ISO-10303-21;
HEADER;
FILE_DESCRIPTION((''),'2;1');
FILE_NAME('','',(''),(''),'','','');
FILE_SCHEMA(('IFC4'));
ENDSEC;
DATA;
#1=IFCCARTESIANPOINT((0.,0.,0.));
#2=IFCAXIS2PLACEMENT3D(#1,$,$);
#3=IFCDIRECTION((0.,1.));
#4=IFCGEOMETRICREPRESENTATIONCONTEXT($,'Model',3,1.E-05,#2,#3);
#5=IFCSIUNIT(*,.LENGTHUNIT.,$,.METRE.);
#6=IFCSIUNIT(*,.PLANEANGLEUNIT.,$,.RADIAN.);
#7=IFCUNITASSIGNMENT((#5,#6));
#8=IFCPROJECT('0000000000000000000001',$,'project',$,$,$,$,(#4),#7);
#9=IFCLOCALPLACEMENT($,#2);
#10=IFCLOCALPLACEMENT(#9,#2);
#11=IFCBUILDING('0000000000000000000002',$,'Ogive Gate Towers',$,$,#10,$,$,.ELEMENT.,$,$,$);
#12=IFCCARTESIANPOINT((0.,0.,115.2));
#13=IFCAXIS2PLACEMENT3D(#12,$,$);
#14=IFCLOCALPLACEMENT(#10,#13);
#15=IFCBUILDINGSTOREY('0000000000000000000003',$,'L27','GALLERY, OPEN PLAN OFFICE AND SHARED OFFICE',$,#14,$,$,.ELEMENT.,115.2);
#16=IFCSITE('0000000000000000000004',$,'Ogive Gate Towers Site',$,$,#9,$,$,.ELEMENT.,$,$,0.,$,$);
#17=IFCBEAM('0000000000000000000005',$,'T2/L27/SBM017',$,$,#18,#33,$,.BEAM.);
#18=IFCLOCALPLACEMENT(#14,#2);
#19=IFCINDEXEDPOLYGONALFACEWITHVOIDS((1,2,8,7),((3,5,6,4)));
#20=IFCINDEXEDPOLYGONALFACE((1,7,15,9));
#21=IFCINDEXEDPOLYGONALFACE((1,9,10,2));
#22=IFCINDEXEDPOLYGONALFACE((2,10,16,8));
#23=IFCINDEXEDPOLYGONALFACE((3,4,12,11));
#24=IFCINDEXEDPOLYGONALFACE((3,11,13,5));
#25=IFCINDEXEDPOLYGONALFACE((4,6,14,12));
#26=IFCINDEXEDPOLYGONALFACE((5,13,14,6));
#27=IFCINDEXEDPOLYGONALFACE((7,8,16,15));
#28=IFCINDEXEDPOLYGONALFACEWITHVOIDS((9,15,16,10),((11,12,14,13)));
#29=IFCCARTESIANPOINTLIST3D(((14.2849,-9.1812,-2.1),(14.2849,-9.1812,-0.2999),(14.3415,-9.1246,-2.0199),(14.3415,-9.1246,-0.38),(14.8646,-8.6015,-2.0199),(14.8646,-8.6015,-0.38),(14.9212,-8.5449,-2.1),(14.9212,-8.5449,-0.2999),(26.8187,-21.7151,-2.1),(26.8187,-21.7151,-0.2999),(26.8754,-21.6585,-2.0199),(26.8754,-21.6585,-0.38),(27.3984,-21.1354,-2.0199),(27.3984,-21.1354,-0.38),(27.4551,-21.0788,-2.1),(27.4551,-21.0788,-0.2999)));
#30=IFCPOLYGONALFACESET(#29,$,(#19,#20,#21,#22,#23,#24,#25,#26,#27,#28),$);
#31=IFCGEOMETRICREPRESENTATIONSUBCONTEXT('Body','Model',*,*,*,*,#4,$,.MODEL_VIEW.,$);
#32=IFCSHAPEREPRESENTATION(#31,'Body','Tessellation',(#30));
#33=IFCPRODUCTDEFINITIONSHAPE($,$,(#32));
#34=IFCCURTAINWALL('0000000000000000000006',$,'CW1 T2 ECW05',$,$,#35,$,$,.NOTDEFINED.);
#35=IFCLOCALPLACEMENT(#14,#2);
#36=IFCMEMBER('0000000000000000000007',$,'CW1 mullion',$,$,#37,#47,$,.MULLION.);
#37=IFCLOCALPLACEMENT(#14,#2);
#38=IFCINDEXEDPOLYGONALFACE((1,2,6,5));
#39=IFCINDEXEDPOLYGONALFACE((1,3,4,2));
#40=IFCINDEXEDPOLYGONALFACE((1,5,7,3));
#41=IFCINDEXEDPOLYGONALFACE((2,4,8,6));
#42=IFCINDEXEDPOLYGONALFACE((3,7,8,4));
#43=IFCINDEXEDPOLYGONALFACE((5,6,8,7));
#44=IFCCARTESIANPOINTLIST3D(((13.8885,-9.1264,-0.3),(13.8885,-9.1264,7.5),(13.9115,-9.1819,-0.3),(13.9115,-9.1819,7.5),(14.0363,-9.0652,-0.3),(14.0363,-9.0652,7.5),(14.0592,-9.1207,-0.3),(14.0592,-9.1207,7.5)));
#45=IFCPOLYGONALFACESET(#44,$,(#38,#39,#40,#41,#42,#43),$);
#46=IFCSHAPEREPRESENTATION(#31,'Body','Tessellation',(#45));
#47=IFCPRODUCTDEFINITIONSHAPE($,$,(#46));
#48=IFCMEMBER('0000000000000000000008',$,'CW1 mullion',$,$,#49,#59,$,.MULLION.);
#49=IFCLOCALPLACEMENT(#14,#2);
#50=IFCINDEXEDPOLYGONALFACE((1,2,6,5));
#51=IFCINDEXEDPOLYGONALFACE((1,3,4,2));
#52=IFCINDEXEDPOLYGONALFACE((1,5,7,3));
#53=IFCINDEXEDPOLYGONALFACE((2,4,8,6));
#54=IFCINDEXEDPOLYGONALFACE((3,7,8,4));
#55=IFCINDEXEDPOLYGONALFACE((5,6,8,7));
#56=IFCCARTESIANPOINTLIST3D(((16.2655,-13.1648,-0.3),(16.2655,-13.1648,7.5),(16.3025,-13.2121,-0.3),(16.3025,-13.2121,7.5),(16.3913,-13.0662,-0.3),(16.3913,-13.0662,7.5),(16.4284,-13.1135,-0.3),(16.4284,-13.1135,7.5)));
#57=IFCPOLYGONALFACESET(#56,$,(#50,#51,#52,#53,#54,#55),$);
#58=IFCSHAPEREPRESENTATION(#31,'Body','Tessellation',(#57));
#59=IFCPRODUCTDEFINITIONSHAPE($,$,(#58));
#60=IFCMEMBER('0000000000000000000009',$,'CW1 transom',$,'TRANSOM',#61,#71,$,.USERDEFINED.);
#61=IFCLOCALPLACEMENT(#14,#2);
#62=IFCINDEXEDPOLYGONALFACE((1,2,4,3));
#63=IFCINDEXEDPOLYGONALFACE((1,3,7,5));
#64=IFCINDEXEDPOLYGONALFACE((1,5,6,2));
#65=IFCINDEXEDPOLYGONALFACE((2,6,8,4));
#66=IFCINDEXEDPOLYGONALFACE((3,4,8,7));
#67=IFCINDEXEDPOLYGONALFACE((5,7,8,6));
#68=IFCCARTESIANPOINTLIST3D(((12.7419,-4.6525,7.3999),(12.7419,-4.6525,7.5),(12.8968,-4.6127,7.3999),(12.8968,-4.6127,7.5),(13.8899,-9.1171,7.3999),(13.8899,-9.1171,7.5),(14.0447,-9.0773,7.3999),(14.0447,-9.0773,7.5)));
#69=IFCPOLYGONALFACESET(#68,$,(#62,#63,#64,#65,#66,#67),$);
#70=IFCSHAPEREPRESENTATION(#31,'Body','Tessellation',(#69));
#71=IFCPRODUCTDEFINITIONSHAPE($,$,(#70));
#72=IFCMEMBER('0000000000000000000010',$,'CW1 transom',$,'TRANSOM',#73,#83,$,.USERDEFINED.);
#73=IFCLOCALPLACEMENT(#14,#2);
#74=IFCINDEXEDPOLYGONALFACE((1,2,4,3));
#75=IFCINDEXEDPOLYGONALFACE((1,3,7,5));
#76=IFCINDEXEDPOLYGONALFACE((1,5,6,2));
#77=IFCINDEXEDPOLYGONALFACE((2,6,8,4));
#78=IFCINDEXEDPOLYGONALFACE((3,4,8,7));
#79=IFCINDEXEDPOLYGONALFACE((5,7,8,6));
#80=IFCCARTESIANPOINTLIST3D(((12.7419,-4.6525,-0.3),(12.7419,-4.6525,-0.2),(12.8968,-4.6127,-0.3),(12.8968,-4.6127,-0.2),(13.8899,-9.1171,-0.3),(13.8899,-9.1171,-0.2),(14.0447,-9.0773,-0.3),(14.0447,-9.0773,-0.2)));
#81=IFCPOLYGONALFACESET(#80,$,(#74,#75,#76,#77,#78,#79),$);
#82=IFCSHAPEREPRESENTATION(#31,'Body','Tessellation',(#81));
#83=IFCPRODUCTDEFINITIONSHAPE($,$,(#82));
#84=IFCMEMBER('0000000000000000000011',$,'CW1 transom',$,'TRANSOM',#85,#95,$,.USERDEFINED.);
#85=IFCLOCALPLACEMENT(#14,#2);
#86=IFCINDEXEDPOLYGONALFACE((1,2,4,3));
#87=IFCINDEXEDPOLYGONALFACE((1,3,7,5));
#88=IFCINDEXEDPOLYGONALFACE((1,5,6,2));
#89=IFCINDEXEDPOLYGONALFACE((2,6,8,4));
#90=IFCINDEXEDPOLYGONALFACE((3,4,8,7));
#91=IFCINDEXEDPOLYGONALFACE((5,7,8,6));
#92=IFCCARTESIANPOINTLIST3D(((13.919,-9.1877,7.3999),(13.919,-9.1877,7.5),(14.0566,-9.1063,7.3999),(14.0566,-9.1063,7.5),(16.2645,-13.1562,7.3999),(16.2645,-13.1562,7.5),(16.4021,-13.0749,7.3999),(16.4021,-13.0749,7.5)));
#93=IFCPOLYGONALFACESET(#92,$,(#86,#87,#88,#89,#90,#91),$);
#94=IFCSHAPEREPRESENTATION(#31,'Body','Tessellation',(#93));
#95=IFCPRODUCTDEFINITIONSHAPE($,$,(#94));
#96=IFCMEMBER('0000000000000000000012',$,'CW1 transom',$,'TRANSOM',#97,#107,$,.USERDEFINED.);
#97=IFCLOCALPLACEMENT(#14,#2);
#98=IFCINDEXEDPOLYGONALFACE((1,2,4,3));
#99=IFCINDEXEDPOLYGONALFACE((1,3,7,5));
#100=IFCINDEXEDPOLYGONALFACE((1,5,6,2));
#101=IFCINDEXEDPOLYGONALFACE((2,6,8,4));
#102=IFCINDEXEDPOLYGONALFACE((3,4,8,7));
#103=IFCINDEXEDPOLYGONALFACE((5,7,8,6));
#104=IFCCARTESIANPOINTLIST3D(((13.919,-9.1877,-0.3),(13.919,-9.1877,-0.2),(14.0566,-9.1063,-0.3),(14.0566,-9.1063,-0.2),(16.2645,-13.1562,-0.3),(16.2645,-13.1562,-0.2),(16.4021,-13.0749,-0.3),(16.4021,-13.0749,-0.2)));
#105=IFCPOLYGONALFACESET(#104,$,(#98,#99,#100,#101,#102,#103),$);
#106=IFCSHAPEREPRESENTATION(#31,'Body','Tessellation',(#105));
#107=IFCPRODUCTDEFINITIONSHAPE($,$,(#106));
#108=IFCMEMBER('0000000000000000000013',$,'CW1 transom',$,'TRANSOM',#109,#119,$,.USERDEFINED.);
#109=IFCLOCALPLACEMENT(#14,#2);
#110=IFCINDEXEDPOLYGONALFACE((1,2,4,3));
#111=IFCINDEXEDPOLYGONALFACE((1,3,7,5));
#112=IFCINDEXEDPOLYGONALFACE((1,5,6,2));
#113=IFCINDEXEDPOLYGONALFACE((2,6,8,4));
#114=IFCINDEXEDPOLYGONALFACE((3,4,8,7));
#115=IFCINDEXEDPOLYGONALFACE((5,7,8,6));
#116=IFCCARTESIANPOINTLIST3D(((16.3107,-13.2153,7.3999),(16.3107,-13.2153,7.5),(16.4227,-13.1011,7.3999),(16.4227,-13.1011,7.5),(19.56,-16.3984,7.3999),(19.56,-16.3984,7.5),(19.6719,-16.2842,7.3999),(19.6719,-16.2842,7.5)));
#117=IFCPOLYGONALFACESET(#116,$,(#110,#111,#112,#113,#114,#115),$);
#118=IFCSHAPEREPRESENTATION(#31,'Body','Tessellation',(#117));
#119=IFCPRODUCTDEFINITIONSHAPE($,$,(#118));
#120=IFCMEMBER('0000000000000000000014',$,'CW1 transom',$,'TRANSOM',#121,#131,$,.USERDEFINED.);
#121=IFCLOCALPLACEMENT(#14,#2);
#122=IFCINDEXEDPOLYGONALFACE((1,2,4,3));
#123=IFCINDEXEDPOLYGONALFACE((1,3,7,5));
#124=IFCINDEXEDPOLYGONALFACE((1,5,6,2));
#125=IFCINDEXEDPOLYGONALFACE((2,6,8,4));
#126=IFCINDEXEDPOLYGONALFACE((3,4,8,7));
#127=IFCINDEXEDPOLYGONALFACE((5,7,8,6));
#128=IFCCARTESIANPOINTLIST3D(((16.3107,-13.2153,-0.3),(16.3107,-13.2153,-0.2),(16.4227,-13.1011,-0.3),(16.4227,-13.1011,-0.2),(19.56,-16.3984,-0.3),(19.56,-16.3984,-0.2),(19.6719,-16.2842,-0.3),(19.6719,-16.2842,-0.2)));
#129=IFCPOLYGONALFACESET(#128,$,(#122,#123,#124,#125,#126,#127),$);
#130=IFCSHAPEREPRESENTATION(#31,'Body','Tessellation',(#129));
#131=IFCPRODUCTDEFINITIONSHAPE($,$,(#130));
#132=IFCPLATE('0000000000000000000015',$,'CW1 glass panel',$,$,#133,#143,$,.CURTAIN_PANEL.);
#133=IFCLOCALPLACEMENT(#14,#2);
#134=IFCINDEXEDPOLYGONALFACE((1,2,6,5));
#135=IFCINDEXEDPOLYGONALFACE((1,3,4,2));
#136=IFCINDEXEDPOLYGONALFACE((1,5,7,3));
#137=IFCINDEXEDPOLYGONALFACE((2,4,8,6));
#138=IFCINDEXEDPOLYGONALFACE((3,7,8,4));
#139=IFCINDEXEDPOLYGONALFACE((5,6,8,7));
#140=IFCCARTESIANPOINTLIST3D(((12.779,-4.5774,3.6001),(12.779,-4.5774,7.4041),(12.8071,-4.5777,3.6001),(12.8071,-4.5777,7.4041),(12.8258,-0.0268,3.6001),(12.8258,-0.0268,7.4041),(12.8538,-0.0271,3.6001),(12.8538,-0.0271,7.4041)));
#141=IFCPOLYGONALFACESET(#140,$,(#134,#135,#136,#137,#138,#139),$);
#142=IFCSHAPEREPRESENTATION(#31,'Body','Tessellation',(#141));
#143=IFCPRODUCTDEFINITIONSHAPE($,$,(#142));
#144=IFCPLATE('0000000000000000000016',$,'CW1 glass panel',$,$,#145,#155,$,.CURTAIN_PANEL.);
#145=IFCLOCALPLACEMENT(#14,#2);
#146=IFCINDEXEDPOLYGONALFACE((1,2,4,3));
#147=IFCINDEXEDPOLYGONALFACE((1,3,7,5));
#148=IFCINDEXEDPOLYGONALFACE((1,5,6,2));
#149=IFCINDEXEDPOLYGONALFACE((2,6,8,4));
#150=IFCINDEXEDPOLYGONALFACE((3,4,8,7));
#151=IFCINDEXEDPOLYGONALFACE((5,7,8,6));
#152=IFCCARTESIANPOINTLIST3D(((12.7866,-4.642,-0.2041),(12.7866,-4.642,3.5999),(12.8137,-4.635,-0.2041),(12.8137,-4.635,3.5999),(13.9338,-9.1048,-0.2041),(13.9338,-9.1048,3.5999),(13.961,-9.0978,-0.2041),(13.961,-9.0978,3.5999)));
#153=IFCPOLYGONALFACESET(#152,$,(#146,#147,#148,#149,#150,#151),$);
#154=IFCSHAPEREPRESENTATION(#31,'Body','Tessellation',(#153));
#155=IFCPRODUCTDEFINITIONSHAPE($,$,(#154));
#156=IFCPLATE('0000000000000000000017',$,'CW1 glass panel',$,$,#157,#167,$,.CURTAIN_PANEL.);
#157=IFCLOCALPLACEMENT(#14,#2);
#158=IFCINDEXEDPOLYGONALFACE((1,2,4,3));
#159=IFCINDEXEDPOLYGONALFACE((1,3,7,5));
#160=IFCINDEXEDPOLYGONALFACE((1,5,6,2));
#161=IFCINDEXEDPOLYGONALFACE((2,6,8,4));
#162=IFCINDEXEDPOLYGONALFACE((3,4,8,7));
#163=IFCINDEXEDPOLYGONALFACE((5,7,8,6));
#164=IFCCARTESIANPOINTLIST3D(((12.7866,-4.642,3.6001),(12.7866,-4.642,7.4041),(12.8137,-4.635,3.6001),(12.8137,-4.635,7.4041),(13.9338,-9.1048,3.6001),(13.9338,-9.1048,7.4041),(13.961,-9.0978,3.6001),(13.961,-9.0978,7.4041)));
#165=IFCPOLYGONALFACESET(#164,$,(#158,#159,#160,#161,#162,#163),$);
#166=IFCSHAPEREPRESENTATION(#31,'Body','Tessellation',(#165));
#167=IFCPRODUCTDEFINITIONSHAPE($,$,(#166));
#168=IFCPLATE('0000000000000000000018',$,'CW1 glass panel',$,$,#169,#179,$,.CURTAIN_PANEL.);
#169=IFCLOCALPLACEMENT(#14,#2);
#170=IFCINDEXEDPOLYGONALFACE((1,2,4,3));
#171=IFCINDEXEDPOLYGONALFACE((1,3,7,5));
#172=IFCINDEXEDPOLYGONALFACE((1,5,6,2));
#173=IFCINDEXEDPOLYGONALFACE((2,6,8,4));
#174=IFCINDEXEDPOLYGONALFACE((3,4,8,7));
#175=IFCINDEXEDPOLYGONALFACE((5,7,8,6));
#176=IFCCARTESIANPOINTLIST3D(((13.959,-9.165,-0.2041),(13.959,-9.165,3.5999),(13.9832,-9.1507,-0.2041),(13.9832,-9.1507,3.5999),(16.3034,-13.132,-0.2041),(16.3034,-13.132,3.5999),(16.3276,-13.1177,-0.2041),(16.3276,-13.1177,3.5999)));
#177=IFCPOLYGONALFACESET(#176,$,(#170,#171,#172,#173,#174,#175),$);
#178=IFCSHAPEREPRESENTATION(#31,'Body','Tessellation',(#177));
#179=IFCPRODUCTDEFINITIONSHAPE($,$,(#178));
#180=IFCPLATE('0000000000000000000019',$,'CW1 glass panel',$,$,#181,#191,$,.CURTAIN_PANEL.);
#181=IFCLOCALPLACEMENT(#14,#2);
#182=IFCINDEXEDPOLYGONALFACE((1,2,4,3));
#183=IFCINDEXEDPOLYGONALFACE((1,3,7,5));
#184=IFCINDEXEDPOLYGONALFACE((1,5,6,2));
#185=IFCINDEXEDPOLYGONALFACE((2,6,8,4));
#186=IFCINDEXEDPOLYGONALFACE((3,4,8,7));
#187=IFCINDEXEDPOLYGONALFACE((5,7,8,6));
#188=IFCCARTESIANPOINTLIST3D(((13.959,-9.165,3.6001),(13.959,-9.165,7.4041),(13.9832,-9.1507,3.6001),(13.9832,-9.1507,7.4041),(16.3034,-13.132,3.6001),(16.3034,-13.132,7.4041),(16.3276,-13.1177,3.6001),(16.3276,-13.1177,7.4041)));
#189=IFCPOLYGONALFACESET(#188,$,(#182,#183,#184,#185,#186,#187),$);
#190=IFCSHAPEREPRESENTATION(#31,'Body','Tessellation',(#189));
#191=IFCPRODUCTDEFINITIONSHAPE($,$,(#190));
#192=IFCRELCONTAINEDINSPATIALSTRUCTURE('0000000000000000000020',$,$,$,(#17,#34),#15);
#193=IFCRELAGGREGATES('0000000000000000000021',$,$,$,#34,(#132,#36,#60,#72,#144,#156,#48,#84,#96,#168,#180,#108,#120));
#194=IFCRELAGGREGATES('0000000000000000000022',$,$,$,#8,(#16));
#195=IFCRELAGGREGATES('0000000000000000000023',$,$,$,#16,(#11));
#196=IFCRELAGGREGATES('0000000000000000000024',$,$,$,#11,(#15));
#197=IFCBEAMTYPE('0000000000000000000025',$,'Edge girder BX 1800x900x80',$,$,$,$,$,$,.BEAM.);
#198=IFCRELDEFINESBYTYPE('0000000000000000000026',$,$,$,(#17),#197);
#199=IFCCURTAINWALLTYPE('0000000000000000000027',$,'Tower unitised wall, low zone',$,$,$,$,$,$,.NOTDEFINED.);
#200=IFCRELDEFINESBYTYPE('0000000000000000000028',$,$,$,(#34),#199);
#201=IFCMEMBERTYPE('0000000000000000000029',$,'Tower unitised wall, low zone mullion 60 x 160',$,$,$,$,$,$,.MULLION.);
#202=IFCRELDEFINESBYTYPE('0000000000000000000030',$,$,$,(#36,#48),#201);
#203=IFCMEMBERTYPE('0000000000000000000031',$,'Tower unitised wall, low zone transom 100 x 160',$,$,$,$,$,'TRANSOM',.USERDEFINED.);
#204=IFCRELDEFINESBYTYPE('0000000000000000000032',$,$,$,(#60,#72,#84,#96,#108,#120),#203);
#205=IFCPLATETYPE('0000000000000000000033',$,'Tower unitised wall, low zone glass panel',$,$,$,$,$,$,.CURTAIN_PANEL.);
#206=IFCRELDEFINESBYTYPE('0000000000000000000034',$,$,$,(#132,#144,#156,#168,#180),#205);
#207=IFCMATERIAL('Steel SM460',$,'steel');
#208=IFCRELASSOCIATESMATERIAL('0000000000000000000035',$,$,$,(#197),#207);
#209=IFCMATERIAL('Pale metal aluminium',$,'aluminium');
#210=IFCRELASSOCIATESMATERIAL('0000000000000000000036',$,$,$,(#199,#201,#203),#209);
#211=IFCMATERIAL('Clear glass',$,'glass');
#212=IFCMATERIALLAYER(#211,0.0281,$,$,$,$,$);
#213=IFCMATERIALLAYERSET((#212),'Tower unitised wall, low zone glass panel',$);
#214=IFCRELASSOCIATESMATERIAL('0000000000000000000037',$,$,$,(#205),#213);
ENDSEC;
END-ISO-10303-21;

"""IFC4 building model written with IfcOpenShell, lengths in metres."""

from ifc_helpers import new_model, si_unit, direction, frame, origin, origin_2d, place, context, subcontext, project, spatial, rectangle, hollow_rectangle, extrude, material, layer, layer_set, material_profile, profile_set, type_object, element, aggregate, save


model = new_model("IFC4")

# Units and contexts
model_context = context("Model", 3, precision=1e-05, world=origin(), true_north=direction((0.0, 1.0)))
body_context = subcontext(model_context, "Body", "Model", "MODEL_VIEW")
ifc_project = project(units=[si_unit("LENGTHUNIT", "METRE"), si_unit("PLANEANGLEUNIT", "RADIAN")], contexts=[model_context])

# Site, building, storey
site_placement = place(None, origin())
site = spatial("IfcSite", under=ifc_project, at=site_placement, Name="Ogive Gate Towers Site", CompositionType="ELEMENT", RefElevation=0.0)
building_placement = place(site_placement, origin())
building = spatial("IfcBuilding", under=site, at=building_placement, Name="Ogive Gate Towers", CompositionType="ELEMENT")
storey_placement = place(building_placement, frame((0.0, 0.0, 115.2)))
storey = spatial("IfcBuildingStorey", under=building, at=storey_placement, Name="L27", Description="GALLERY, OPEN PLAN OFFICE AND SHARED OFFICE", CompositionType="ELEMENT", Elevation=115.2)

# Beam
ifc_material_1 = material(Name="Steel SM460", Category="steel")
ifc_material_profile_1 = material_profile(ifc_material_1, hollow_rectangle(XDim=0.8999, YDim=1.8, WallThickness=0.0801, at=origin_2d()), Name="BX 1800x900x80")
ifc_profile_set_1 = profile_set([ifc_material_profile_1], Name="Steel SM460")
beam_type = type_object("IfcBeamType", Name="Edge girder BX 1800x900x80", PredefinedType="BEAM", material=ifc_profile_set_1)
beam_placement = place(storey_placement, frame((14.603, -8.863, -1.2), z_axis=(0.707107, -0.707107, 0.0), x_axis=(0.707107, 0.707107, 0.0)))
element("IfcBeam", 1, at=beam_placement, inside=storey, type_object=beam_type, Name="T2/L27/SBM017", PredefinedType="BEAM", context=body_context, shape_type="SweptSolid", body=[
    extrude(hollow_rectangle(XDim=0.8999, YDim=1.8, WallThickness=0.0801, at=origin_2d()), origin(), (0.0, 0.0, 1.0), 17.7256),
])

# Curtain wall, members, plates
ifc_material_2 = material(Name="Pale metal aluminium", Category="aluminium")
curtain_wall_type = type_object("IfcCurtainWallType", Name="Tower unitised wall, low zone", PredefinedType="NOTDEFINED", material=ifc_material_2)
curtain_wall_placement = place(storey_placement, origin())
curtain_wall = element("IfcCurtainWall", 2, at=curtain_wall_placement, inside=storey, type_object=curtain_wall_type, Name="CW1 T2 ECW05", PredefinedType="NOTDEFINED")
ifc_material_profile_2 = material_profile(ifc_material_2, rectangle(XDim=0.1599, YDim=0.0601, at=origin_2d()), Name="60 x 160 aluminium box")
ifc_profile_set_2 = profile_set([ifc_material_profile_2], Name="Pale metal aluminium")
member_type_1 = type_object("IfcMemberType", Name="Tower unitised wall, low zone mullion 60 x 160", PredefinedType="MULLION", material=ifc_profile_set_2)
member_1_placement = place(storey_placement, frame((13.9739, -9.1235, -0.3), z_axis=(0.0, 0.0, 1.0), x_axis=(-0.92388, -0.382683, 0.0)))
member_1 = element("IfcMember", 3, at=member_1_placement, type_object=member_type_1, Name="CW1 mullion", PredefinedType="MULLION", context=body_context, shape_type="SweptSolid", body=[
    extrude(rectangle(XDim=0.1599, YDim=0.0601, at=origin_2d()), origin(), (0.0, 0.0, 1.0), 7.8),
])
member_2_placement = place(storey_placement, frame((16.3469, -13.1392, -0.3), z_axis=(0.0, 0.0, 1.0), x_axis=(-0.787086, -0.616844, 0.0)))
member_2 = element("IfcMember", 4, at=member_2_placement, type_object=member_type_1, Name="CW1 mullion", PredefinedType="MULLION", context=body_context, shape_type="SweptSolid", body=[
    extrude(rectangle(XDim=0.1599, YDim=0.0601, at=origin_2d()), origin(), (0.0, 0.0, 1.0), 7.8),
])
ifc_material_profile_3 = material_profile(ifc_material_2, rectangle(XDim=0.1599, YDim=0.1001, at=origin_2d()), Name="100 x 160 aluminium box")
ifc_profile_set_3 = profile_set([ifc_material_profile_3], Name="Pale metal aluminium")
member_type_2 = type_object("IfcMemberType", Name="Tower unitised wall, low zone transom 100 x 160", ElementType="TRANSOM", PredefinedType="USERDEFINED", material=ifc_profile_set_3)
member_3_placement = place(storey_placement, frame((12.8193, -4.6326, 7.45), z_axis=(0.249023, -0.968498, 0.0), x_axis=(0.968498, 0.249023, 0.0)))
member_3 = element("IfcMember", 5, at=member_3_placement, type_object=member_type_2, Name="CW1 transom", ObjectType="TRANSOM", PredefinedType="USERDEFINED", context=body_context, shape_type="SweptSolid", body=[
    extrude(rectangle(XDim=0.1599, YDim=0.1001, at=origin_2d()), origin(), (0.0, 0.0, 1.0), 4.6099),
])
member_4_placement = place(storey_placement, frame((12.8193, -4.6326, -0.25), z_axis=(0.249023, -0.968498, 0.0), x_axis=(0.968498, 0.249023, 0.0)))
member_4 = element("IfcMember", 6, at=member_4_placement, type_object=member_type_2, Name="CW1 transom", ObjectType="TRANSOM", PredefinedType="USERDEFINED", context=body_context, shape_type="SweptSolid", body=[
    extrude(rectangle(XDim=0.1599, YDim=0.1001, at=origin_2d()), origin(), (0.0, 0.0, 1.0), 4.6099),
])
member_5_placement = place(storey_placement, frame((13.9878, -9.147, 7.45), z_axis=(0.508799, -0.860885, 0.0), x_axis=(0.860885, 0.508799, 0.0)))
member_5 = element("IfcMember", 7, at=member_5_placement, type_object=member_type_2, Name="CW1 transom", ObjectType="TRANSOM", PredefinedType="USERDEFINED", context=body_context, shape_type="SweptSolid", body=[
    extrude(rectangle(XDim=0.1599, YDim=0.1001, at=origin_2d()), origin(), (0.0, 0.0, 1.0), 4.6099),
])
member_6_placement = place(storey_placement, frame((13.9878, -9.147, -0.25), z_axis=(0.508799, -0.860885, 0.0), x_axis=(0.860885, 0.508799, 0.0)))
member_6 = element("IfcMember", 8, at=member_6_placement, type_object=member_type_2, Name="CW1 transom", ObjectType="TRANSOM", PredefinedType="USERDEFINED", context=body_context, shape_type="SweptSolid", body=[
    extrude(rectangle(XDim=0.1599, YDim=0.1001, at=origin_2d()), origin(), (0.0, 0.0, 1.0), 4.6099),
])
member_7_placement = place(storey_placement, frame((16.3667, -13.1582, 7.45), z_axis=(0.714342, -0.699797, 0.0), x_axis=(0.699797, 0.714342, 0.0)))
member_7 = element("IfcMember", 9, at=member_7_placement, type_object=member_type_2, Name="CW1 transom", ObjectType="TRANSOM", PredefinedType="USERDEFINED", context=body_context, shape_type="SweptSolid", body=[
    extrude(rectangle(XDim=0.1599, YDim=0.1001, at=origin_2d()), origin(), (0.0, 0.0, 1.0), 4.5486),
])
member_8_placement = place(storey_placement, frame((16.3667, -13.1582, -0.25), z_axis=(0.714342, -0.699797, 0.0), x_axis=(0.699797, 0.714342, 0.0)))
member_8 = element("IfcMember", 10, at=member_8_placement, type_object=member_type_2, Name="CW1 transom", ObjectType="TRANSOM", PredefinedType="USERDEFINED", context=body_context, shape_type="SweptSolid", body=[
    extrude(rectangle(XDim=0.1599, YDim=0.1001, at=origin_2d()), origin(), (0.0, 0.0, 1.0), 4.5486),
])
ifc_material_3 = material(Name="Clear glass", Category="glass")
ifc_layer_1 = layer(ifc_material_3, 0.0281)
ifc_layer_set_1 = layer_set([ifc_layer_1], Name="Tower unitised wall, low zone glass panel")
plate_type = type_object("IfcPlateType", Name="Tower unitised wall, low zone glass panel", PredefinedType="CURTAIN_PANEL", material=ifc_layer_set_1)
plate_1_placement = place(storey_placement, frame((12.8164, -2.3022, 3.6001), z_axis=(0.0, 0.0, 1.0), x_axis=(-0.01028, -0.999947, 0.0)))
plate_1 = element("IfcPlate", 11, at=plate_1_placement, type_object=plate_type, Name="CW1 glass panel", PredefinedType="CURTAIN_PANEL", context=body_context, shape_type="SweptSolid", body=[
    extrude(rectangle(XDim=4.5508, YDim=0.0281, at=origin_2d()), origin(), (0.0, 0.0, 1.0), 3.804),
])
plate_2_placement = place(storey_placement, frame((13.3738, -6.8699, -0.2041), z_axis=(0.0, 0.0, 1.0), x_axis=(0.248977, -0.968509, 0.0)))
plate_2 = element("IfcPlate", 12, at=plate_2_placement, type_object=plate_type, Name="CW1 glass panel", PredefinedType="CURTAIN_PANEL", context=body_context, shape_type="SweptSolid", body=[
    extrude(rectangle(XDim=4.6079, YDim=0.0281, at=origin_2d()), origin(), (0.0, 0.0, 1.0), 3.804),
])
plate_3_placement = place(storey_placement, frame((13.3738, -6.8699, 3.6001), z_axis=(0.0, 0.0, 1.0), x_axis=(0.248977, -0.968509, 0.0)))
plate_3 = element("IfcPlate", 13, at=plate_3_placement, type_object=plate_type, Name="CW1 glass panel", PredefinedType="CURTAIN_PANEL", context=body_context, shape_type="SweptSolid", body=[
    extrude(rectangle(XDim=4.6079, YDim=0.0281, at=origin_2d()), origin(), (0.0, 0.0, 1.0), 3.804),
])
plate_4_placement = place(storey_placement, frame((15.1433, -11.1414, -0.2041), z_axis=(0.0, 0.0, 1.0), x_axis=(0.508771, -0.860902, 0.0)))
plate_4 = element("IfcPlate", 14, at=plate_4_placement, type_object=plate_type, Name="CW1 glass panel", PredefinedType="CURTAIN_PANEL", context=body_context, shape_type="SweptSolid", body=[
    extrude(rectangle(XDim=4.6079, YDim=0.0281, at=origin_2d()), origin(), (0.0, 0.0, 1.0), 3.804),
])
plate_5_placement = place(storey_placement, frame((15.1433, -11.1414, 3.6001), z_axis=(0.0, 0.0, 1.0), x_axis=(0.508771, -0.860902, 0.0)))
plate_5 = element("IfcPlate", 15, at=plate_5_placement, type_object=plate_type, Name="CW1 glass panel", PredefinedType="CURTAIN_PANEL", context=body_context, shape_type="SweptSolid", body=[
    extrude(rectangle(XDim=4.6079, YDim=0.0281, at=origin_2d()), origin(), (0.0, 0.0, 1.0), 3.804),
])
aggregate(curtain_wall, [plate_1, member_1, member_3, member_4, plate_2, plate_3, member_2, member_5, member_6, plate_4, plate_5, member_7, member_8])

save(model, "model.ifc")
